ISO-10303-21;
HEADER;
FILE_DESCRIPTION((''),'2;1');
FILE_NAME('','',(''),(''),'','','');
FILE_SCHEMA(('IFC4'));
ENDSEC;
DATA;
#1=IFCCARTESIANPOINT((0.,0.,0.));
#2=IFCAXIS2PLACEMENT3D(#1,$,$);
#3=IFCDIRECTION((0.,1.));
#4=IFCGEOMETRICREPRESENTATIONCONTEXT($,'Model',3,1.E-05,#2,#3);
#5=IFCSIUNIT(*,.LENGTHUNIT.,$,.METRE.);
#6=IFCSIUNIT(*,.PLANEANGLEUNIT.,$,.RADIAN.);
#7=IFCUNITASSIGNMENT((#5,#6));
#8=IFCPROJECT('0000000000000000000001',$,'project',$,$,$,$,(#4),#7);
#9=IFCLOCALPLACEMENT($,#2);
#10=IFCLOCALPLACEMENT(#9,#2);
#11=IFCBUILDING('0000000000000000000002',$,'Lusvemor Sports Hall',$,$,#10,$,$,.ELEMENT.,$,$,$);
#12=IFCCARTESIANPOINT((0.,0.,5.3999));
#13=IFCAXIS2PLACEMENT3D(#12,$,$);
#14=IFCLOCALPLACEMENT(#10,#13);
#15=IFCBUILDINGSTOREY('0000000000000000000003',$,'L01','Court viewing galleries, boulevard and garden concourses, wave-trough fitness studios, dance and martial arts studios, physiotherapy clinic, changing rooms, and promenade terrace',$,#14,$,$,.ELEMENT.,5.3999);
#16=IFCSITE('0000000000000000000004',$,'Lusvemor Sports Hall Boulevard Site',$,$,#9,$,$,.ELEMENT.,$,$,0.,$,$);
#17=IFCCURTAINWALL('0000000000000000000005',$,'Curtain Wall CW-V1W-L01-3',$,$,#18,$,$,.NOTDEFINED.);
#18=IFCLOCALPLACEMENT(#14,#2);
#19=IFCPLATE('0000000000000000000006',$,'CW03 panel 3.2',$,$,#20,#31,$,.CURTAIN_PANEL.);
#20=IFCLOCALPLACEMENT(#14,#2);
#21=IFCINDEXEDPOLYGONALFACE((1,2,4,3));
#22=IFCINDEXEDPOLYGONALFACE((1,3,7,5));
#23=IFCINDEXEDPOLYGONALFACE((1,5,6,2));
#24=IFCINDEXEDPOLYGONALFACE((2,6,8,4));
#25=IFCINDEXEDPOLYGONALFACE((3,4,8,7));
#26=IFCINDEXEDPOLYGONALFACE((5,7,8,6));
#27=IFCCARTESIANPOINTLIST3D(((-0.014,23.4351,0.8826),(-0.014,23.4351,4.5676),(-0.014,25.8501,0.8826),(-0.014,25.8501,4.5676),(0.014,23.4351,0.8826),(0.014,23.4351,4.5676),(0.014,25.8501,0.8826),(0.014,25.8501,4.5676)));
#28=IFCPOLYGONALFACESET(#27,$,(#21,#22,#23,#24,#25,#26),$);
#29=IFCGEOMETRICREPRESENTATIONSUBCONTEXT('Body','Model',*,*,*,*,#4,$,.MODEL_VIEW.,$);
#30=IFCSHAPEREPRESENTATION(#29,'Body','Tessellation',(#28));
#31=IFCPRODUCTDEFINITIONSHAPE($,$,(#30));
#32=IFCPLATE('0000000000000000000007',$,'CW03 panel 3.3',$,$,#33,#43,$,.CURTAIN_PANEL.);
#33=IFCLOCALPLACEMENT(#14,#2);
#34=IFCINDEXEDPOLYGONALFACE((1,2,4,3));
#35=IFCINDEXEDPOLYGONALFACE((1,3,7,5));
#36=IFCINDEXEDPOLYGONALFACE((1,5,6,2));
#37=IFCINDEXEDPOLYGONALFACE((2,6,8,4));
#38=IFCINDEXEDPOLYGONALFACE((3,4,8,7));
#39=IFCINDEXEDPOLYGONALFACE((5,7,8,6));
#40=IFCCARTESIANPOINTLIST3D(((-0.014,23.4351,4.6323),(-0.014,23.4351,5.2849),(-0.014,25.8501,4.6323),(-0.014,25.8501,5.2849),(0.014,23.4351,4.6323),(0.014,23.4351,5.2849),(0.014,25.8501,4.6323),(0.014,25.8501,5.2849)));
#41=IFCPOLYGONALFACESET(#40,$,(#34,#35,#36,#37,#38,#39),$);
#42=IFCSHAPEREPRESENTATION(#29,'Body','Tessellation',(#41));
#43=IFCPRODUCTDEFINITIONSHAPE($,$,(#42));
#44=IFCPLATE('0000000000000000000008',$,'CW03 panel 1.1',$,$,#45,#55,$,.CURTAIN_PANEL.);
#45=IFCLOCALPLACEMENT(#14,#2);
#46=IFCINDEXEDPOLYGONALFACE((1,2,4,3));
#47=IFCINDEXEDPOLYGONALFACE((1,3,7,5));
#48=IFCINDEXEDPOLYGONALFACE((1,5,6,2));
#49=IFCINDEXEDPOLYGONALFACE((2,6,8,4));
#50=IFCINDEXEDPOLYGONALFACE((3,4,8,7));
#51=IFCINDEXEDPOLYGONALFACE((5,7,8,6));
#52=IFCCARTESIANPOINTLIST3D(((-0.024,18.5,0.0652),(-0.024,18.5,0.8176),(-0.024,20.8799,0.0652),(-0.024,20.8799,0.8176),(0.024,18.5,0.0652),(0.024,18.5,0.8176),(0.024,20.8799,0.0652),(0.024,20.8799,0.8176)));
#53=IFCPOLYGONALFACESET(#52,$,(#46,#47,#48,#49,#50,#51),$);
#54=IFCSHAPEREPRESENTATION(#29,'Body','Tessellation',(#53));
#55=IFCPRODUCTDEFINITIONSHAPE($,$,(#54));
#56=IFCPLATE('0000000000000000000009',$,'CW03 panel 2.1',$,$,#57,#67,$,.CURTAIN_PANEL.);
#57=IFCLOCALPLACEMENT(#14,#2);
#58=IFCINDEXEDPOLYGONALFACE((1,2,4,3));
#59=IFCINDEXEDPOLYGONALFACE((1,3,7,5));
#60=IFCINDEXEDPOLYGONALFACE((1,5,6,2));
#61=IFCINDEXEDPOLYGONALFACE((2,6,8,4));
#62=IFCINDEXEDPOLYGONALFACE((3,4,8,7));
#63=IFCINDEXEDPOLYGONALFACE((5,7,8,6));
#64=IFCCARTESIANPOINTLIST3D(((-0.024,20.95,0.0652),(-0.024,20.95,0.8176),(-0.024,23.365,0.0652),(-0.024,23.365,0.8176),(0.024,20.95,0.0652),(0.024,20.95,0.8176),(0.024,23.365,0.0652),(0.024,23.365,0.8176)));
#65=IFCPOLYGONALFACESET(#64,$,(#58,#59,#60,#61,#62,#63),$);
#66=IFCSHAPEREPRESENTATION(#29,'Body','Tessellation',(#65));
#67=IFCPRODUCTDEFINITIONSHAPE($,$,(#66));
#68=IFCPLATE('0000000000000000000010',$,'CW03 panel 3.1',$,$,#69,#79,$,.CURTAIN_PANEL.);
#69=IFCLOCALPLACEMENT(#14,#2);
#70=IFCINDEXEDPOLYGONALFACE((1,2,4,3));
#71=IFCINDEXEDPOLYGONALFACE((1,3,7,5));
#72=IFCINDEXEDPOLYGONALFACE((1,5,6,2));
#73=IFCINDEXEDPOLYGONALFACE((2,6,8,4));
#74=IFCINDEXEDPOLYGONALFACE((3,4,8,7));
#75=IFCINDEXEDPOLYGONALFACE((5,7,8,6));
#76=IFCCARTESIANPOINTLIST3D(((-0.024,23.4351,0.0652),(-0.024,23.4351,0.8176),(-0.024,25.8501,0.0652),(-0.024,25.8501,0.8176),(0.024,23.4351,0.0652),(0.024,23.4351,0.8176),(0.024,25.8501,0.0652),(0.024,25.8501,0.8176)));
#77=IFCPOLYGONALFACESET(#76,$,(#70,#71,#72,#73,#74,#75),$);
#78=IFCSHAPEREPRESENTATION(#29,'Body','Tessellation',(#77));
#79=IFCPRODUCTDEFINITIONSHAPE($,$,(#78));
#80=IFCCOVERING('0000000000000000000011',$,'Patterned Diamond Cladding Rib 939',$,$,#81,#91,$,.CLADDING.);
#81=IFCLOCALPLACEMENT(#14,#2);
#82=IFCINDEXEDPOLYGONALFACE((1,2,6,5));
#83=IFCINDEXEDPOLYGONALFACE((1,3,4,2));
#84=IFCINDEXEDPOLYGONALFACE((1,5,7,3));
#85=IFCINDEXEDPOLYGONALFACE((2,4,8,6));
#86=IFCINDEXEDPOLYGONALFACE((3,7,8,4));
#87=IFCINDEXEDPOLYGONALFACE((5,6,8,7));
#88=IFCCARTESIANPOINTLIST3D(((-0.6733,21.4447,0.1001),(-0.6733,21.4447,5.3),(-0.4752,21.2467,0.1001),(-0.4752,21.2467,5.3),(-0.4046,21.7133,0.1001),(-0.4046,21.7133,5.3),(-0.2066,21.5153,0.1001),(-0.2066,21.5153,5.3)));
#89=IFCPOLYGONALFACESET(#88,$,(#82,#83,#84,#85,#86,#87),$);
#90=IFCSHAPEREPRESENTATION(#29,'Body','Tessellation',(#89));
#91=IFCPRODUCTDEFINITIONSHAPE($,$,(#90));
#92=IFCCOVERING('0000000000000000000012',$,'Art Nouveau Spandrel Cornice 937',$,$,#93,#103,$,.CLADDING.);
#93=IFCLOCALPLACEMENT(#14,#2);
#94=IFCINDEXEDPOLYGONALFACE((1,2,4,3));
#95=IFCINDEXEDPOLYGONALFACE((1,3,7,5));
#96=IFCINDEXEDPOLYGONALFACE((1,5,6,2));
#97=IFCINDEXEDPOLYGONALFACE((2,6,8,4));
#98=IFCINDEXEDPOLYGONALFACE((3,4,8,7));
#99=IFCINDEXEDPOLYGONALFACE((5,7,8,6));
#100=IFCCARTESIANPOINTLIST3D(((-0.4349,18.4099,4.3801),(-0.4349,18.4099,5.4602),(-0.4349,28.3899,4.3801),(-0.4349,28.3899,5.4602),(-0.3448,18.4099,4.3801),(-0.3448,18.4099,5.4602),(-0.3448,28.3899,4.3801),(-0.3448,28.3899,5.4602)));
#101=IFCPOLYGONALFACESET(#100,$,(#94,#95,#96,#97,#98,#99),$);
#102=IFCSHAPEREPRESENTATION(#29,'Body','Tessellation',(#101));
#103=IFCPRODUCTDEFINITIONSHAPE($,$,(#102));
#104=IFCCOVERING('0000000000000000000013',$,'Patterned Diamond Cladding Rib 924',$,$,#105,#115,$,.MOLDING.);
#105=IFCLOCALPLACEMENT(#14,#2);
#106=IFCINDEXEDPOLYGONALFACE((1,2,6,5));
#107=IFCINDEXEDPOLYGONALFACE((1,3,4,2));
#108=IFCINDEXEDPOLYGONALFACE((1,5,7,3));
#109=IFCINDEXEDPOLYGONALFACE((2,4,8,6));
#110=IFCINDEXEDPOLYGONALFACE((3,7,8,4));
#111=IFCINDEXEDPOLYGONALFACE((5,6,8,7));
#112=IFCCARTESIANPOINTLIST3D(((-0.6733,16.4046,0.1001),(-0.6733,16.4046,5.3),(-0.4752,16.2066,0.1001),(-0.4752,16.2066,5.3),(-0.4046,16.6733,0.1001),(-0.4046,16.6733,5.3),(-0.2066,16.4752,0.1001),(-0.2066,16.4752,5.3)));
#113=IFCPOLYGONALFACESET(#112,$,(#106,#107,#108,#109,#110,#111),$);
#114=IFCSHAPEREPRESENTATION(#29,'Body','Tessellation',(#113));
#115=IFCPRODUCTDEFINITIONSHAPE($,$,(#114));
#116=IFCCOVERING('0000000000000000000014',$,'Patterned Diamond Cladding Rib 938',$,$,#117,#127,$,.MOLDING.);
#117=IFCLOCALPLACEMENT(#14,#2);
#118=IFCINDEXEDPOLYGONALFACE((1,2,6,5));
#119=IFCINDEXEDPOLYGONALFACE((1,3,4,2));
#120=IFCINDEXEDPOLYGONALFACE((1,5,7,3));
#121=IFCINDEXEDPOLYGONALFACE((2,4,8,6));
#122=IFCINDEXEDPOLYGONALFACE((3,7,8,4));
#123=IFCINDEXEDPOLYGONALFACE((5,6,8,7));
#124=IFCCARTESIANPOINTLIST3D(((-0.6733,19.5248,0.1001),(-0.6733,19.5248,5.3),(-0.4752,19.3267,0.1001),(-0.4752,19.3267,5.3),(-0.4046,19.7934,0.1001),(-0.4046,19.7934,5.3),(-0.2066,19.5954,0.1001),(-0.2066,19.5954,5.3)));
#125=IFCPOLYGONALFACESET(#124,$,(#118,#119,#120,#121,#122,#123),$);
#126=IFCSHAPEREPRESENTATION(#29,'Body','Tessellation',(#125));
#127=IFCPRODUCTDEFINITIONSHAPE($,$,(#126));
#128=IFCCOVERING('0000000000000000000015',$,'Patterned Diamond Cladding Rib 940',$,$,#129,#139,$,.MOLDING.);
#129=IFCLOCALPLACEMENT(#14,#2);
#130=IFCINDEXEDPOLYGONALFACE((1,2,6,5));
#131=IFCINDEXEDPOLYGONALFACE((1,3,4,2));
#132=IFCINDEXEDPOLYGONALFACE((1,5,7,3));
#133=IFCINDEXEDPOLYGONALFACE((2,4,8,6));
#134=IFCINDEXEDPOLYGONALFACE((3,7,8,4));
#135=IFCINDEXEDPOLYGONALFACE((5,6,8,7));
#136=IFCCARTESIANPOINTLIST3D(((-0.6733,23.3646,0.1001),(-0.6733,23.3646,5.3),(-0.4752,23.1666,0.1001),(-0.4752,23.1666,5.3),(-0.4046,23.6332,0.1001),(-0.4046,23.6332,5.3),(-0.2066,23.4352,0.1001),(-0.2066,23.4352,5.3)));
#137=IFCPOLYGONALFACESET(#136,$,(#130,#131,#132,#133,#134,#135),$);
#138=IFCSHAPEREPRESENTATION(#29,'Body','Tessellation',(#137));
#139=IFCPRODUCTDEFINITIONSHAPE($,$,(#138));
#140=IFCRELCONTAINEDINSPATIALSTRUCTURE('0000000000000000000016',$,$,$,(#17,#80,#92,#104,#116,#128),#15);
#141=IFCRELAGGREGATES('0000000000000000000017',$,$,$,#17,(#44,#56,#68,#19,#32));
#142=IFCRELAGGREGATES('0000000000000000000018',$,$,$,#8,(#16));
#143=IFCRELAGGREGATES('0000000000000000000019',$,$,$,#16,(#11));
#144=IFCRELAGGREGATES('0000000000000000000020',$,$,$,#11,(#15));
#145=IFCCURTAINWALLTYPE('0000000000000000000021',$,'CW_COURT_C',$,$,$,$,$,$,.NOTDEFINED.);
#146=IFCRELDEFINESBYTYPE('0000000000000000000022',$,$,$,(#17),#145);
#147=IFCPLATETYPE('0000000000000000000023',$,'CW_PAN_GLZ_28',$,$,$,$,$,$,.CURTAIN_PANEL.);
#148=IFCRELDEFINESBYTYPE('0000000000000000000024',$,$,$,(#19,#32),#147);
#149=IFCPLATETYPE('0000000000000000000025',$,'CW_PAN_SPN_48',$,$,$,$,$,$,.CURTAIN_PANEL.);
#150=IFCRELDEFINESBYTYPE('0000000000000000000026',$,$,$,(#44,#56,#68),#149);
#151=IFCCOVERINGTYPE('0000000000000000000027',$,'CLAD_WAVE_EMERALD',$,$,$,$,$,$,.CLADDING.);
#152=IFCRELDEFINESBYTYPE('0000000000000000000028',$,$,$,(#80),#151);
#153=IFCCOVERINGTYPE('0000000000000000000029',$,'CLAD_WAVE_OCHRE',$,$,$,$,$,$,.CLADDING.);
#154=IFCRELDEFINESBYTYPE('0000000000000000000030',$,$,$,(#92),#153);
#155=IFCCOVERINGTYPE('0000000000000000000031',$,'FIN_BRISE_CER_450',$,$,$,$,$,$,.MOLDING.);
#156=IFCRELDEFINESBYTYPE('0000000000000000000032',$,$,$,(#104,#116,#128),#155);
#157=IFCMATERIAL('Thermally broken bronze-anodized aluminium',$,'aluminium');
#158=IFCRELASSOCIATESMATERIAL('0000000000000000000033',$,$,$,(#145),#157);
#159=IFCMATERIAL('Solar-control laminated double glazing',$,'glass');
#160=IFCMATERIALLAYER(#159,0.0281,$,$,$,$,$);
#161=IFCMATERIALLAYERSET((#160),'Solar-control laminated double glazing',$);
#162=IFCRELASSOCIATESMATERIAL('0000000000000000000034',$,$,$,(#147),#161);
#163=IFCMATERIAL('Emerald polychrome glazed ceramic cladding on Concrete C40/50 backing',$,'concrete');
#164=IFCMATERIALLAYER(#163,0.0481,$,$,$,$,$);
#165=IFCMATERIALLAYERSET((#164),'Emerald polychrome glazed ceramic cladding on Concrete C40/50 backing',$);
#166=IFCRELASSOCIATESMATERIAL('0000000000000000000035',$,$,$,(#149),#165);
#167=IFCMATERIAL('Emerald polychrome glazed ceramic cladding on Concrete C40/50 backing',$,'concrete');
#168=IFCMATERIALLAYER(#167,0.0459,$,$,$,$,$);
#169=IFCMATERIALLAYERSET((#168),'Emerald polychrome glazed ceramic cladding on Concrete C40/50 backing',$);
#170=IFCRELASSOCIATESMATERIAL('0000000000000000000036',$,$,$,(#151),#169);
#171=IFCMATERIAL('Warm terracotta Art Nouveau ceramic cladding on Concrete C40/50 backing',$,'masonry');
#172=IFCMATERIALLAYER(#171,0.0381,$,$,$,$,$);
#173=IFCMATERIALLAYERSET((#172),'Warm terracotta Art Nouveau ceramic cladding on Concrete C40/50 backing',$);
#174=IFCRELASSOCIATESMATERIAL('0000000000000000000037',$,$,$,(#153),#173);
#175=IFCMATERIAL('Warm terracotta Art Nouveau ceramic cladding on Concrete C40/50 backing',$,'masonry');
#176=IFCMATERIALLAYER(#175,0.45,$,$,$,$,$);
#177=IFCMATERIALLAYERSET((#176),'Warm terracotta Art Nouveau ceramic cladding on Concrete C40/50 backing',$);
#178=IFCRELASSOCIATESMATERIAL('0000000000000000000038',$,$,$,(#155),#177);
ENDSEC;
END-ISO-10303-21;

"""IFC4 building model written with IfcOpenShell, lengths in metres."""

from ifc_helpers import new_model, si_unit, direction, frame, origin, origin_2d, place, context, subcontext, project, spatial, rectangle, extrude, material, layer, layer_set, type_object, element, aggregate, save


model = new_model("IFC4")

# Units and contexts
model_context = context("Model", 3, precision=1e-05, world=origin(), true_north=direction((0.0, 1.0)))
body_context = subcontext(model_context, "Body", "Model", "MODEL_VIEW")
ifc_project = project(units=[si_unit("LENGTHUNIT", "METRE"), si_unit("PLANEANGLEUNIT", "RADIAN")], contexts=[model_context])

# Site, building, storey
site_placement = place(None, origin())
site = spatial("IfcSite", under=ifc_project, at=site_placement, Name="Lusvemor Sports Hall Boulevard Site", CompositionType="ELEMENT", RefElevation=0.0)
building_placement = place(site_placement, origin())
building = spatial("IfcBuilding", under=site, at=building_placement, Name="Lusvemor Sports Hall", CompositionType="ELEMENT")
storey_placement = place(building_placement, frame((0.0, 0.0, 5.3999)))
storey = spatial("IfcBuildingStorey", under=building, at=storey_placement, Name="L01", Description="Court viewing galleries, boulevard and garden concourses, wave-trough fitness studios, dance and martial arts studios, physiotherapy clinic, changing rooms, and promenade terrace", CompositionType="ELEMENT", Elevation=5.3999)

# Shared definitions
ifc_material_1 = material(Name="Thermally broken bronze-anodized aluminium", Category="aluminium")
curtain_wall_type = type_object("IfcCurtainWallType", Name="CW_COURT_C", PredefinedType="NOTDEFINED", material=ifc_material_1)

# Curtain wall, plates
curtain_wall_1_placement = place(storey_placement, origin())
curtain_wall_1 = element("IfcCurtainWall", 1, at=curtain_wall_1_placement, inside=storey, type_object=curtain_wall_type, Name="Curtain Wall CW-V1W-L01-3", PredefinedType="NOTDEFINED")
ifc_material_2 = material(Name="Solar-control laminated double glazing", Category="glass")
ifc_layer_1 = layer(ifc_material_2, 0.0281)
ifc_layer_set_1 = layer_set([ifc_layer_1], Name="Solar-control laminated double glazing")
plate_type_1 = type_object("IfcPlateType", Name="CW_PAN_GLZ_28", PredefinedType="CURTAIN_PANEL", material=ifc_layer_set_1)
plate_1_placement = place(storey_placement, frame((0.0, 24.6426, 0.8826), z_axis=(0.0, 0.0, 1.0), x_axis=(0.0, 1.0, 0.0)))
plate_1 = element("IfcPlate", 2, at=plate_1_placement, type_object=plate_type_1, Name="CW03 panel 3.2", PredefinedType="CURTAIN_PANEL", context=body_context, shape_type="SweptSolid", body=[
    extrude(rectangle(XDim=2.415, YDim=0.0281, at=origin_2d()), origin(), (0.0, 0.0, 1.0), 3.6851),
])
plate_2_placement = place(storey_placement, frame((0.0, 24.6426, 4.6323), z_axis=(0.0, 0.0, 1.0), x_axis=(0.0, 1.0, 0.0)))
plate_2 = element("IfcPlate", 3, at=plate_2_placement, type_object=plate_type_1, Name="CW03 panel 3.3", PredefinedType="CURTAIN_PANEL", context=body_context, shape_type="SweptSolid", body=[
    extrude(rectangle(XDim=2.415, YDim=0.0281, at=origin_2d()), origin(), (0.0, 0.0, 1.0), 0.6526),
])
ifc_material_3 = material(Name="Emerald polychrome glazed ceramic cladding on Concrete C40/50 backing", Category="concrete")
ifc_layer_2 = layer(ifc_material_3, 0.0481)
ifc_layer_set_2 = layer_set([ifc_layer_2], Name="Emerald polychrome glazed ceramic cladding on Concrete C40/50 backing")
plate_type_2 = type_object("IfcPlateType", Name="CW_PAN_SPN_48", PredefinedType="CURTAIN_PANEL", material=ifc_layer_set_2)
plate_3_placement = place(storey_placement, frame((0.0, 19.6899, 0.0652), z_axis=(0.0, 0.0, 1.0), x_axis=(0.0, 1.0, 0.0)))
plate_3 = element("IfcPlate", 4, at=plate_3_placement, type_object=plate_type_2, Name="CW03 panel 1.1", PredefinedType="CURTAIN_PANEL", context=body_context, shape_type="SweptSolid", body=[
    extrude(rectangle(XDim=2.3799, YDim=0.0481, at=origin_2d()), origin(), (0.0, 0.0, 1.0), 0.7524),
])
plate_4_placement = place(storey_placement, frame((0.0, 22.1575, 0.0652), z_axis=(0.0, 0.0, 1.0), x_axis=(0.0, 1.0, 0.0)))
plate_4 = element("IfcPlate", 5, at=plate_4_placement, type_object=plate_type_2, Name="CW03 panel 2.1", PredefinedType="CURTAIN_PANEL", context=body_context, shape_type="SweptSolid", body=[
    extrude(rectangle(XDim=2.415, YDim=0.0481, at=origin_2d()), origin(), (0.0, 0.0, 1.0), 0.7524),
])
plate_5_placement = place(storey_placement, frame((0.0, 24.6426, 0.0652), z_axis=(0.0, 0.0, 1.0), x_axis=(0.0, 1.0, 0.0)))
plate_5 = element("IfcPlate", 6, at=plate_5_placement, type_object=plate_type_2, Name="CW03 panel 3.1", PredefinedType="CURTAIN_PANEL", context=body_context, shape_type="SweptSolid", body=[
    extrude(rectangle(XDim=2.415, YDim=0.0481, at=origin_2d()), origin(), (0.0, 0.0, 1.0), 0.7524),
])
aggregate(curtain_wall_1, [plate_3, plate_4, plate_5, plate_1, plate_2])

# Coverings
ifc_material_4 = material(Name="Emerald polychrome glazed ceramic cladding on Concrete C40/50 backing", Category="concrete")
ifc_layer_3 = layer(ifc_material_4, 0.0459)
ifc_layer_set_3 = layer_set([ifc_layer_3], Name="Emerald polychrome glazed ceramic cladding on Concrete C40/50 backing")
covering_type_1 = type_object("IfcCoveringType", Name="CLAD_WAVE_EMERALD", PredefinedType="CLADDING", material=ifc_layer_set_3)
covering_1_placement = place(storey_placement, frame((-0.4399, 21.48, 0.1001), z_axis=(0.0, 0.0, 1.0), x_axis=(0.707107, 0.707107, 0.0)))
element("IfcCovering", 7, at=covering_1_placement, inside=storey, type_object=covering_type_1, Name="Patterned Diamond Cladding Rib 939", PredefinedType="CLADDING", context=body_context, shape_type="SweptSolid", body=[
    extrude(rectangle(XDim=0.3799, YDim=0.28, at=origin_2d()), origin(), (0.0, 0.0, 1.0), 5.2),
])
ifc_material_5 = material(Name="Warm terracotta Art Nouveau ceramic cladding on Concrete C40/50 backing", Category="masonry")
ifc_layer_4 = layer(ifc_material_5, 0.0381)
ifc_layer_set_4 = layer_set([ifc_layer_4], Name="Warm terracotta Art Nouveau ceramic cladding on Concrete C40/50 backing")
covering_type_2 = type_object("IfcCoveringType", Name="CLAD_WAVE_OCHRE", PredefinedType="CLADDING", material=ifc_layer_set_4)
covering_2_placement = place(storey_placement, frame((-0.3899, 23.3999, 4.3801), z_axis=(0.0, 0.0, 1.0), x_axis=(1.0, 0.0, 0.0)))
element("IfcCovering", 8, at=covering_2_placement, inside=storey, type_object=covering_type_2, Name="Art Nouveau Spandrel Cornice 937", PredefinedType="CLADDING", context=body_context, shape_type="SweptSolid", body=[
    extrude(rectangle(XDim=0.0901, YDim=9.98, at=origin_2d()), origin(), (0.0, 0.0, 1.0), 1.0801),
])
ifc_material_6 = material(Name="Warm terracotta Art Nouveau ceramic cladding on Concrete C40/50 backing", Category="masonry")
ifc_layer_5 = layer(ifc_material_6, 0.45)
ifc_layer_set_5 = layer_set([ifc_layer_5], Name="Warm terracotta Art Nouveau ceramic cladding on Concrete C40/50 backing")
covering_type_3 = type_object("IfcCoveringType", Name="FIN_BRISE_CER_450", PredefinedType="MOLDING", material=ifc_layer_set_5)
for number, where, z_axis, x_axis, name in (
    (9, (-0.4399, 16.4399, 0.1001), (0.0, 0.0, 1.0), (0.707107, 0.707107, 0.0), "Patterned Diamond Cladding Rib 924"),
    (10, (-0.4399, 19.5601, 0.1001), (0.0, 0.0, 1.0), (0.707107, 0.707107, 0.0), "Patterned Diamond Cladding Rib 938"),
    (11, (-0.4399, 23.3999, 0.1001), (0.0, 0.0, 1.0), (0.707107, 0.707107, 0.0), "Patterned Diamond Cladding Rib 940"),
):
    element("IfcCovering", number, at=place(storey_placement, frame(where, z_axis=z_axis, x_axis=x_axis)), inside=storey, type_object=covering_type_3, Name=name, PredefinedType="MOLDING", context=body_context, shape_type="SweptSolid", body=[
        extrude(rectangle(XDim=0.3799, YDim=0.28, at=origin_2d()), origin(), (0.0, 0.0, 1.0), 5.2),
    ])

save(model, "model.ifc")
